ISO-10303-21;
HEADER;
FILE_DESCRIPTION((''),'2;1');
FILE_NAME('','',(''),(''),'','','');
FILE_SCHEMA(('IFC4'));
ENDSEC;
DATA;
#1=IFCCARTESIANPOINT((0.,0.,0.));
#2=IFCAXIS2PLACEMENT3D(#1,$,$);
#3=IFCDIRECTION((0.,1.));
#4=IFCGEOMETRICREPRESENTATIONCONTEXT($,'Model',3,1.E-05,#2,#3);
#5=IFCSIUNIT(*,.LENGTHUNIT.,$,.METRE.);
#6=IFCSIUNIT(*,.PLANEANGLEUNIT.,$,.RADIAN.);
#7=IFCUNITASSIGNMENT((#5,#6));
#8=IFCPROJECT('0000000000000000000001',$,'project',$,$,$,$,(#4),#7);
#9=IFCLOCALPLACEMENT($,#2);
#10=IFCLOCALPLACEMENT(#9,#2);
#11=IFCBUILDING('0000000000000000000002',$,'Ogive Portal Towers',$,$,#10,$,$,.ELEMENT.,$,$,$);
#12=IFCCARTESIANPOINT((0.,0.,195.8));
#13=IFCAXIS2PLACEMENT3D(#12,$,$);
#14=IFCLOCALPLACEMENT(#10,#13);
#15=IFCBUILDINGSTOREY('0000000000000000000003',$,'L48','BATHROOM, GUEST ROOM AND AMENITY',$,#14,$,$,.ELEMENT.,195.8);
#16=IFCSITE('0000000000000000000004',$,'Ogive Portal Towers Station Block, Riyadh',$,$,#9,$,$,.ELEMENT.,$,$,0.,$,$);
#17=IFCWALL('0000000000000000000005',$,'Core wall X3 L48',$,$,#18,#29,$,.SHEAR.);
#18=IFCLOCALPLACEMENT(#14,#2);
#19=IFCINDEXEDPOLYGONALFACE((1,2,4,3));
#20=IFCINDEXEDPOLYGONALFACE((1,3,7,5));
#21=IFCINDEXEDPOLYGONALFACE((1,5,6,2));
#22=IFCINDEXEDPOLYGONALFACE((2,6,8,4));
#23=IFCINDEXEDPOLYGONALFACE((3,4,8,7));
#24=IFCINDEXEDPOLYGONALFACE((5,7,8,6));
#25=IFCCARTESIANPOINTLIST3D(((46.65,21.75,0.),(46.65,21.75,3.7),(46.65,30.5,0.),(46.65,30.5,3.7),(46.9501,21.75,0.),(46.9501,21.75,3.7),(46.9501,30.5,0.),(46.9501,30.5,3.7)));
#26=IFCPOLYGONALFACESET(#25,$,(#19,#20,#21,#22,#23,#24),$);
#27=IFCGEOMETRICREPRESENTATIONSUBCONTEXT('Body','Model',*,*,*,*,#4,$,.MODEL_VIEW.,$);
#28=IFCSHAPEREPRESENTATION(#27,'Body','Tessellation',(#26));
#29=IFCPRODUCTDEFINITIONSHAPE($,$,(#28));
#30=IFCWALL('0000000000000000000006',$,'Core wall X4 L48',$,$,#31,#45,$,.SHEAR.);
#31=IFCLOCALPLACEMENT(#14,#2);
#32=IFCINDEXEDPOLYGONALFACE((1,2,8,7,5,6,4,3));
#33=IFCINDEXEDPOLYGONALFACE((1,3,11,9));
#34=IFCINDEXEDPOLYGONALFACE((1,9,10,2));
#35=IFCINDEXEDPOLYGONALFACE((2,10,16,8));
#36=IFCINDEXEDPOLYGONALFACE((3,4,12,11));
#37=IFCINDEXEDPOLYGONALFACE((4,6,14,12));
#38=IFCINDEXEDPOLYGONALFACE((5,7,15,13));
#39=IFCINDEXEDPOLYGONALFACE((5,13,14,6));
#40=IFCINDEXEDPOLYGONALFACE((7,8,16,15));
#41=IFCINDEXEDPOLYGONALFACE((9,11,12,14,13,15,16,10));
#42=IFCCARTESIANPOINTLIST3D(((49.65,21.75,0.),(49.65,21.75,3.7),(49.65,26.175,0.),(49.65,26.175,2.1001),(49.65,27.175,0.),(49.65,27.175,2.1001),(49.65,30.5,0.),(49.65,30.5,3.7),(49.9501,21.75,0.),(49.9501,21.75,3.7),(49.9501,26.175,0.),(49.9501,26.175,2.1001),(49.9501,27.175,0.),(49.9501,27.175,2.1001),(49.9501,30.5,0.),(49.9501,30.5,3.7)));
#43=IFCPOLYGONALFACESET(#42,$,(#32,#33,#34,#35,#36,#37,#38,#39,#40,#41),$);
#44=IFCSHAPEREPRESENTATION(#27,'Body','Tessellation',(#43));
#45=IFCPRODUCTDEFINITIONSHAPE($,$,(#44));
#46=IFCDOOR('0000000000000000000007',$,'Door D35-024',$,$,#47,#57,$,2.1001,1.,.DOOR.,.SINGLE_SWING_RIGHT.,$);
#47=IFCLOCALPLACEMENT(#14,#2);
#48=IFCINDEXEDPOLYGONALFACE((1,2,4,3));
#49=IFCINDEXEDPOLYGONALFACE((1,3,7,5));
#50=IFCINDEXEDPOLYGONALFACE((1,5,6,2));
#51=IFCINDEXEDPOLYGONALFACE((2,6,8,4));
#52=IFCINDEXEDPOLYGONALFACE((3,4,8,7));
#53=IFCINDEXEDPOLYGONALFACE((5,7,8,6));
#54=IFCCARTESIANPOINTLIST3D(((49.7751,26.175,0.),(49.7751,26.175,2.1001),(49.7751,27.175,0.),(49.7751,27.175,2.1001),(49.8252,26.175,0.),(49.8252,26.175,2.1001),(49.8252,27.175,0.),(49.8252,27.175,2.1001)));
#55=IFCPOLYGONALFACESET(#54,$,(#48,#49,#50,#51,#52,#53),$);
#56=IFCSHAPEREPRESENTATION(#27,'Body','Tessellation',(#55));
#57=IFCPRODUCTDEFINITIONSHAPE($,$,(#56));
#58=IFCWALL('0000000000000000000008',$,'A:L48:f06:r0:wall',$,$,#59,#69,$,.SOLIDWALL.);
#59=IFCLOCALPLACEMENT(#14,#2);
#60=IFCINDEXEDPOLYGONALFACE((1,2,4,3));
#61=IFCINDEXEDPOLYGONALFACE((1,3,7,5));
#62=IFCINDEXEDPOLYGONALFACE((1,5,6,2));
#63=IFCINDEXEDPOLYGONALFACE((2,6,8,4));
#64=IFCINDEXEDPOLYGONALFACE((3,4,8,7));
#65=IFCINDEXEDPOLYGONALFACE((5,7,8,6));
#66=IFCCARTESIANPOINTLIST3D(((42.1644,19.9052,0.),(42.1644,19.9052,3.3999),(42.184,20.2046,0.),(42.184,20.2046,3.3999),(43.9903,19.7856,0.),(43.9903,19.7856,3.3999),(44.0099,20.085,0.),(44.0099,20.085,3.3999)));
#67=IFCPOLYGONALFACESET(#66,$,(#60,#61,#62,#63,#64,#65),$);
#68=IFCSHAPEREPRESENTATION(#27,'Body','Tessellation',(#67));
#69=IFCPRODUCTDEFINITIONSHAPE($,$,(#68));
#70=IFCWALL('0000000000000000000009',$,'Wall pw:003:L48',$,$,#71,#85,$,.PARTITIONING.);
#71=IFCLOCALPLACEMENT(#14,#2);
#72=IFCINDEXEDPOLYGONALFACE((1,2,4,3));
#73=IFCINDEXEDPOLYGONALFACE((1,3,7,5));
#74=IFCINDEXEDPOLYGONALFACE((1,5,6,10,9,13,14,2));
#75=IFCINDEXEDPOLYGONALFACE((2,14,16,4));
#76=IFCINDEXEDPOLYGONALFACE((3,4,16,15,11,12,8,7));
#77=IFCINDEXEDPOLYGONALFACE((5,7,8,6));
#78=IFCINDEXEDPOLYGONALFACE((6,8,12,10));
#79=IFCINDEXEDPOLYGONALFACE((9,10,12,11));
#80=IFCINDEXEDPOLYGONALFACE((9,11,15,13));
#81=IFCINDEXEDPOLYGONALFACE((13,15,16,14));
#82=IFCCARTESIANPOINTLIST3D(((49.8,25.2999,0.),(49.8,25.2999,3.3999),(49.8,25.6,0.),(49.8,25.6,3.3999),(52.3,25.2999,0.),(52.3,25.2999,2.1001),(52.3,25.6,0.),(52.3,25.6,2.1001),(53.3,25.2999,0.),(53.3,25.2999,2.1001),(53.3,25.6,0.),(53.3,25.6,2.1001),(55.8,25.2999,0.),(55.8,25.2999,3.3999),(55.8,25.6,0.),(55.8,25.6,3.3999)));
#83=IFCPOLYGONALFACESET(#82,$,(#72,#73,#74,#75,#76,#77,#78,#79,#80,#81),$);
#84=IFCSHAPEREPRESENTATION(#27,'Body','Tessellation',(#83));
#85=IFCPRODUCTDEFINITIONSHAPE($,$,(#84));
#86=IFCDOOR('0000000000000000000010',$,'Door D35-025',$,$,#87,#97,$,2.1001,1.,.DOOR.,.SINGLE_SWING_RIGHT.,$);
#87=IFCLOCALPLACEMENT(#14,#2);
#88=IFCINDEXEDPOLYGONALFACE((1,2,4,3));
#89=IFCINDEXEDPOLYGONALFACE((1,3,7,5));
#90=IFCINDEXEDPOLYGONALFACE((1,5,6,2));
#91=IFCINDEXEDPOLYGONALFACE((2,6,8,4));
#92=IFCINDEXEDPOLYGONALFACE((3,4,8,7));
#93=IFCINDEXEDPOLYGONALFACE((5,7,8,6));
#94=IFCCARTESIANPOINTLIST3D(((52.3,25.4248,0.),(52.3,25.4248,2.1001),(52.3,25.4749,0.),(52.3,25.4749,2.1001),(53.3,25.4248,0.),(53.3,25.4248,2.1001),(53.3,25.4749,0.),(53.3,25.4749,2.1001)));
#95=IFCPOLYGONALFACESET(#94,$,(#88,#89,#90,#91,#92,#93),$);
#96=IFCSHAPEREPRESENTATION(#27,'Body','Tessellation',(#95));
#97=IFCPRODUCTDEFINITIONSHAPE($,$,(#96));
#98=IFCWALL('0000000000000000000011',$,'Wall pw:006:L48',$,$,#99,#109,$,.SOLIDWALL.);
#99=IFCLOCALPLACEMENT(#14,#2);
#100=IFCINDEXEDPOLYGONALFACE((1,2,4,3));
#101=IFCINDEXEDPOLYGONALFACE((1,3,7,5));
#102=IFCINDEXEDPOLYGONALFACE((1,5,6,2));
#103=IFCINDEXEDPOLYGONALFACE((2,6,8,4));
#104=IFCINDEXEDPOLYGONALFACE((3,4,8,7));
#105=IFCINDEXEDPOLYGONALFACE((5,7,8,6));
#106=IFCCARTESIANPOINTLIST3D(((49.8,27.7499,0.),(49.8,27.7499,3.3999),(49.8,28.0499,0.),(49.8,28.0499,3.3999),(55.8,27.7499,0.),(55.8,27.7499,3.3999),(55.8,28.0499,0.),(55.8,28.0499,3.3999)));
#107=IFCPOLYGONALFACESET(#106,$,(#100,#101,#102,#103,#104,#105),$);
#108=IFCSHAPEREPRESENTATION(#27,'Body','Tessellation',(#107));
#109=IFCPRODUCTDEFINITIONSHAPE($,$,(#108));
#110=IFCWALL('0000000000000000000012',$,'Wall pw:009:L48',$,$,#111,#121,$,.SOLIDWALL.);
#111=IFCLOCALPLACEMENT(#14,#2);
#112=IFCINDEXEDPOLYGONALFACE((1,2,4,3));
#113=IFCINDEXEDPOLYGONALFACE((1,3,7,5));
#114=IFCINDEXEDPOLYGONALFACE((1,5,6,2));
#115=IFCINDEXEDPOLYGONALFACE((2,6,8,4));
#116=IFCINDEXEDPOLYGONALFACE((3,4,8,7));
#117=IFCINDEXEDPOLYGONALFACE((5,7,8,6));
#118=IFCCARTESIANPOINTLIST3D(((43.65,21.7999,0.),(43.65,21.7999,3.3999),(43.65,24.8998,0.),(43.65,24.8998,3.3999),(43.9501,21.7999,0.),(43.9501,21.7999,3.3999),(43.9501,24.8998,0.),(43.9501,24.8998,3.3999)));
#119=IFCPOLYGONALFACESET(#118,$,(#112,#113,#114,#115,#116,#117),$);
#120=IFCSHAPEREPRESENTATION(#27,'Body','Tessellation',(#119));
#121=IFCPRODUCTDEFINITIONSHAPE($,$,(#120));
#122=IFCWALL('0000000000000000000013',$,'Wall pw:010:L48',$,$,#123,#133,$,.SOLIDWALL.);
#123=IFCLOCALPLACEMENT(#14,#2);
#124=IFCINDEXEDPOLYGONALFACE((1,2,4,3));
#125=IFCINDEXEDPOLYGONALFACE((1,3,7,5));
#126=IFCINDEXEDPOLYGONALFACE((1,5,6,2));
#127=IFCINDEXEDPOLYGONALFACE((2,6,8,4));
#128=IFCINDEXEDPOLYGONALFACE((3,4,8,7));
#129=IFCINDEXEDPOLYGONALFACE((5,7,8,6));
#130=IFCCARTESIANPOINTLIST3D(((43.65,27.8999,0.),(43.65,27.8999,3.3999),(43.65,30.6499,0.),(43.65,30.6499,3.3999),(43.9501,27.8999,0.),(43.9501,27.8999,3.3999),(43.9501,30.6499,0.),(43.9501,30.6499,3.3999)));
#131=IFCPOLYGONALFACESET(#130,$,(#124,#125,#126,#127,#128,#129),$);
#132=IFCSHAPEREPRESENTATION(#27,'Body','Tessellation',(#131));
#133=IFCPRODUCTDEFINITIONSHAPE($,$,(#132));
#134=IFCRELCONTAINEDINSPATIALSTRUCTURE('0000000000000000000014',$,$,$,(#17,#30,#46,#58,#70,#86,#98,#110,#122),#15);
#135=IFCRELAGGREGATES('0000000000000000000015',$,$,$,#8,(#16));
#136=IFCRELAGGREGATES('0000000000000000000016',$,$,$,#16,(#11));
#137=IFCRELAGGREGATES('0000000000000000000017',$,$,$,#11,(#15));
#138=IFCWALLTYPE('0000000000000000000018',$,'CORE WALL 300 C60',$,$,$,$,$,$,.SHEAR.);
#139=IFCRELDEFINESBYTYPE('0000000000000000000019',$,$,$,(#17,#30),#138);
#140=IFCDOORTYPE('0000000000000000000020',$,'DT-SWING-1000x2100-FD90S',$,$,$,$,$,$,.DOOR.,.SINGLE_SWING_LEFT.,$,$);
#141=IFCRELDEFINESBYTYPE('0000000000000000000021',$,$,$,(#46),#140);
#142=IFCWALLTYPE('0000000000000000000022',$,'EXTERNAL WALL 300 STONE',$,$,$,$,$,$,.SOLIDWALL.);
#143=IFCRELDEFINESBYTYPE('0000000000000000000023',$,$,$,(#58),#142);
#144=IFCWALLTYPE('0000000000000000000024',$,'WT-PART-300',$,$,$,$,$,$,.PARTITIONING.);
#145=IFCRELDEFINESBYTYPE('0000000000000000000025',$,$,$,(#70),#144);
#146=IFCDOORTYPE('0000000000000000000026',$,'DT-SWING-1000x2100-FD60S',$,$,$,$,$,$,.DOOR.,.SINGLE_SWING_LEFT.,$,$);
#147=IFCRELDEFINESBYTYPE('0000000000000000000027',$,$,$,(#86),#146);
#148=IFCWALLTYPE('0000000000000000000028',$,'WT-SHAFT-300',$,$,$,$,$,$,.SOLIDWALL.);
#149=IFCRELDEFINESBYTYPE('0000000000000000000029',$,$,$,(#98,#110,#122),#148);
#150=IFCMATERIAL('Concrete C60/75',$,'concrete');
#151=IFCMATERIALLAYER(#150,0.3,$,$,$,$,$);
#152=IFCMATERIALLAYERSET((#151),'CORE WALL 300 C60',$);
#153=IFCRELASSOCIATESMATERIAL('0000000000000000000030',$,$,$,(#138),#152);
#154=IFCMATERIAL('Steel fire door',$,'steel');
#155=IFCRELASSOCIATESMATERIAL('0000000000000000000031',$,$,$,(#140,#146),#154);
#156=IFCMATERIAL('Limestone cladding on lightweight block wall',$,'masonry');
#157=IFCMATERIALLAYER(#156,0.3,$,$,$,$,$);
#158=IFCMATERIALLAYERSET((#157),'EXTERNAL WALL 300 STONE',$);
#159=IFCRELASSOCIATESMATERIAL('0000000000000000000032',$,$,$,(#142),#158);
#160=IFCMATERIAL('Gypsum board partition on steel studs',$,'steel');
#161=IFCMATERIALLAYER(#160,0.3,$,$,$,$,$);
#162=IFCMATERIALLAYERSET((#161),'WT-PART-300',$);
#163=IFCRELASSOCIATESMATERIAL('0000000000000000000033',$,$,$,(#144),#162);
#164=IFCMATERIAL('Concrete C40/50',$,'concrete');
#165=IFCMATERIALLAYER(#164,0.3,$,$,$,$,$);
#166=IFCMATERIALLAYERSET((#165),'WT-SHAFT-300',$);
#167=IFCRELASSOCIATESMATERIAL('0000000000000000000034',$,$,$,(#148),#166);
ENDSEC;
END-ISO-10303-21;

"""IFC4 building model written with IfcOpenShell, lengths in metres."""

from ifc_helpers import new_model, si_unit, direction, frame, frame_2d, origin, place, context, subcontext, project, spatial, rectangle, extrude, material, layer, layer_set, type_object, element, fill, save


model = new_model("IFC4")

# Units and contexts
model_context = context("Model", 3, precision=1e-05, world=origin(), true_north=direction((0.0, 1.0)))
body_context = subcontext(model_context, "Body", "Model", "MODEL_VIEW")
ifc_project = project(units=[si_unit("LENGTHUNIT", "METRE"), si_unit("PLANEANGLEUNIT", "RADIAN")], contexts=[model_context])

# Site, building, storey
site_placement = place(None, origin())
site = spatial("IfcSite", under=ifc_project, at=site_placement, Name="Ogive Portal Towers Station Block, Riyadh", CompositionType="ELEMENT", RefElevation=0.0)
building_placement = place(site_placement, origin())
building = spatial("IfcBuilding", under=site, at=building_placement, Name="Ogive Portal Towers", CompositionType="ELEMENT")
storey_placement = place(building_placement, frame((0.0, 0.0, 195.8)))
storey = spatial("IfcBuildingStorey", under=building, at=storey_placement, Name="L48", Description="BATHROOM, GUEST ROOM AND AMENITY", CompositionType="ELEMENT", Elevation=195.8)

# Wall
ifc_material_1 = material(Name="Concrete C60/75", Category="concrete")
ifc_layer_1 = layer(ifc_material_1, 0.3)
ifc_layer_set_1 = layer_set([ifc_layer_1], Name="CORE WALL 300 C60")
wall_type_1 = type_object("IfcWallType", Name="CORE WALL 300 C60", PredefinedType="SHEAR", material=ifc_layer_set_1)
wall_1_placement = place(storey_placement, frame((46.8, 21.75, 0.0), z_axis=(0.0, 0.0, 1.0), x_axis=(0.0, 1.0, 0.0)))
element("IfcWall", 1, at=wall_1_placement, inside=storey, type_object=wall_type_1, Name="Core wall X3 L48", PredefinedType="SHEAR", context=body_context, shape_type="SweptSolid", body=[
    extrude(rectangle(XDim=8.75, YDim=0.3, at=frame_2d((4.375, 0.0))), origin(), (0.0, 0.0, 1.0), 3.7),
])

# Wall, opening, door
wall_2_placement = place(storey_placement, frame((49.8, 21.75, 0.0), z_axis=(0.0, 0.0, 1.0), x_axis=(0.0, 1.0, 0.0)))
wall_2 = element("IfcWall", 2, at=wall_2_placement, inside=storey, type_object=wall_type_1, Name="Core wall X4 L48", PredefinedType="SHEAR", context=body_context, shape_type="SweptSolid", body=[
    extrude(rectangle(XDim=8.75, YDim=0.3, at=frame_2d((4.375, 0.0))), origin(), (0.0, 0.0, 1.0), 3.7),
])
opening_1_placement = place(wall_2_placement, frame((4.425, 0.0, 0.0)))
opening_1 = element("IfcOpeningElement", 3, at=opening_1_placement, cuts=wall_2, PredefinedType="OPENING", context=body_context, shape_type="SweptSolid", body=[
    extrude(rectangle(XDim=1.0, YDim=2.1001, at=frame_2d((0.5, 1.05))), frame((0.0, 0.1602, 0.0), z_axis=(0.0, -1.0, 0.0), x_axis=(1.0, 0.0, 0.0)), (0.0, 0.0, 1.0), 0.3201),
])
ifc_material_2 = material(Name="Steel fire door", Category="steel")
door_type_1 = type_object("IfcDoorType", Name="DT-SWING-1000x2100-FD90S", OperationType="SINGLE_SWING_LEFT", PredefinedType="DOOR", material=ifc_material_2)
door_1_placement = place(opening_1_placement, origin())
door_1 = element("IfcDoor", 4, at=door_1_placement, inside=storey, type_object=door_type_1, Name="Door D35-024", OperationType="SINGLE_SWING_RIGHT", OverallHeight=2.1001, OverallWidth=1.0, PredefinedType="DOOR", context=body_context, shape_type="SweptSolid", body=[
    extrude(rectangle(XDim=1.0, YDim=2.1001, at=frame_2d((0.5, 1.05))), frame((0.0, 0.0249, 0.0), z_axis=(0.0, -1.0, 0.0), x_axis=(1.0, 0.0, 0.0)), (0.0, 0.0, 1.0), 0.05),
])
fill(opening_1, door_1)

# Wall
ifc_material_3 = material(Name="Limestone cladding on lightweight block wall", Category="masonry")
ifc_layer_2 = layer(ifc_material_3, 0.3)
ifc_layer_set_2 = layer_set([ifc_layer_2], Name="EXTERNAL WALL 300 STONE")
wall_type_2 = type_object("IfcWallType", Name="EXTERNAL WALL 300 STONE", PredefinedType="SOLIDWALL", material=ifc_layer_set_2)
wall_3_placement = place(storey_placement, frame((42.1741, 20.0549, 0.0), z_axis=(0.0, 0.0, 1.0), x_axis=(0.997861, -0.065377, 0.0)))
element("IfcWall", 5, at=wall_3_placement, inside=storey, type_object=wall_type_2, Name="A:L48:f06:r0:wall", PredefinedType="SOLIDWALL", context=body_context, shape_type="SweptSolid", body=[
    extrude(rectangle(XDim=1.8298, YDim=0.3, at=frame_2d((0.915, 0.0))), origin(), (0.0, 0.0, 1.0), 3.3999),
])

# Wall, opening, door
ifc_material_4 = material(Name="Gypsum board partition on steel studs", Category="steel")
ifc_layer_3 = layer(ifc_material_4, 0.3)
ifc_layer_set_3 = layer_set([ifc_layer_3], Name="WT-PART-300")
wall_type_3 = type_object("IfcWallType", Name="WT-PART-300", PredefinedType="PARTITIONING", material=ifc_layer_set_3)
wall_4_placement = place(storey_placement, frame((49.8, 25.45, 0.0), z_axis=(0.0, 0.0, 1.0), x_axis=(1.0, 0.0, 0.0)))
wall_4 = element("IfcWall", 6, at=wall_4_placement, inside=storey, type_object=wall_type_3, Name="Wall pw:003:L48", PredefinedType="PARTITIONING", context=body_context, shape_type="SweptSolid", body=[
    extrude(rectangle(XDim=6.0, YDim=0.3, at=frame_2d((3.0, 0.0))), origin(), (0.0, 0.0, 1.0), 3.3999),
])
opening_2_placement = place(wall_4_placement, frame((2.5, 0.0, 0.0)))
opening_2 = element("IfcOpeningElement", 7, at=opening_2_placement, cuts=wall_4, PredefinedType="OPENING", context=body_context, shape_type="SweptSolid", body=[
    extrude(rectangle(XDim=1.0, YDim=2.1001, at=frame_2d((0.5, 1.05))), frame((0.0, 0.1602, 0.0), z_axis=(0.0, -1.0, 0.0), x_axis=(1.0, 0.0, 0.0)), (0.0, 0.0, 1.0), 0.3201),
])
door_type_2 = type_object("IfcDoorType", Name="DT-SWING-1000x2100-FD60S", OperationType="SINGLE_SWING_LEFT", PredefinedType="DOOR", material=ifc_material_2)
door_2_placement = place(opening_2_placement, origin())
door_2 = element("IfcDoor", 8, at=door_2_placement, inside=storey, type_object=door_type_2, Name="Door D35-025", OperationType="SINGLE_SWING_RIGHT", OverallHeight=2.1001, OverallWidth=1.0, PredefinedType="DOOR", context=body_context, shape_type="SweptSolid", body=[
    extrude(rectangle(XDim=1.0, YDim=2.1001, at=frame_2d((0.5, 1.05))), frame((0.0, 0.0249, 0.0), z_axis=(0.0, -1.0, 0.0), x_axis=(1.0, 0.0, 0.0)), (0.0, 0.0, 1.0), 0.05),
])
fill(opening_2, door_2)

# Walls
ifc_material_5 = material(Name="Concrete C40/50", Category="concrete")
ifc_layer_4 = layer(ifc_material_5, 0.3)
ifc_layer_set_4 = layer_set([ifc_layer_4], Name="WT-SHAFT-300")
wall_type_4 = type_object("IfcWallType", Name="WT-SHAFT-300", PredefinedType="SOLIDWALL", material=ifc_layer_set_4)
wall_5_placement = place(storey_placement, frame((49.8, 27.8999, 0.0), z_axis=(0.0, 0.0, 1.0), x_axis=(1.0, 0.0, 0.0)))
element("IfcWall", 9, at=wall_5_placement, inside=storey, type_object=wall_type_4, Name="Wall pw:006:L48", PredefinedType="SOLIDWALL", context=body_context, shape_type="SweptSolid", body=[
    extrude(rectangle(XDim=6.0, YDim=0.3, at=frame_2d((3.0, 0.0))), origin(), (0.0, 0.0, 1.0), 3.3999),
])
wall_6_placement = place(storey_placement, frame((43.8, 21.8, 0.0), z_axis=(0.0, 0.0, 1.0), x_axis=(0.0, 1.0, 0.0)))
element("IfcWall", 10, at=wall_6_placement, inside=storey, type_object=wall_type_4, Name="Wall pw:009:L48", PredefinedType="SOLIDWALL", context=body_context, shape_type="SweptSolid", body=[
    extrude(rectangle(XDim=3.0999, YDim=0.3, at=frame_2d((1.5498, 0.0))), origin(), (0.0, 0.0, 1.0), 3.3999),
])
wall_7_placement = place(storey_placement, frame((43.8, 27.8999, 0.0), z_axis=(0.0, 0.0, 1.0), x_axis=(0.0, 1.0, 0.0)))
element("IfcWall", 11, at=wall_7_placement, inside=storey, type_object=wall_type_4, Name="Wall pw:010:L48", PredefinedType="SOLIDWALL", context=body_context, shape_type="SweptSolid", body=[
    extrude(rectangle(XDim=2.75, YDim=0.3, at=frame_2d((1.375, 0.0))), origin(), (0.0, 0.0, 1.0), 3.3999),
])

save(model, "model.ifc")
